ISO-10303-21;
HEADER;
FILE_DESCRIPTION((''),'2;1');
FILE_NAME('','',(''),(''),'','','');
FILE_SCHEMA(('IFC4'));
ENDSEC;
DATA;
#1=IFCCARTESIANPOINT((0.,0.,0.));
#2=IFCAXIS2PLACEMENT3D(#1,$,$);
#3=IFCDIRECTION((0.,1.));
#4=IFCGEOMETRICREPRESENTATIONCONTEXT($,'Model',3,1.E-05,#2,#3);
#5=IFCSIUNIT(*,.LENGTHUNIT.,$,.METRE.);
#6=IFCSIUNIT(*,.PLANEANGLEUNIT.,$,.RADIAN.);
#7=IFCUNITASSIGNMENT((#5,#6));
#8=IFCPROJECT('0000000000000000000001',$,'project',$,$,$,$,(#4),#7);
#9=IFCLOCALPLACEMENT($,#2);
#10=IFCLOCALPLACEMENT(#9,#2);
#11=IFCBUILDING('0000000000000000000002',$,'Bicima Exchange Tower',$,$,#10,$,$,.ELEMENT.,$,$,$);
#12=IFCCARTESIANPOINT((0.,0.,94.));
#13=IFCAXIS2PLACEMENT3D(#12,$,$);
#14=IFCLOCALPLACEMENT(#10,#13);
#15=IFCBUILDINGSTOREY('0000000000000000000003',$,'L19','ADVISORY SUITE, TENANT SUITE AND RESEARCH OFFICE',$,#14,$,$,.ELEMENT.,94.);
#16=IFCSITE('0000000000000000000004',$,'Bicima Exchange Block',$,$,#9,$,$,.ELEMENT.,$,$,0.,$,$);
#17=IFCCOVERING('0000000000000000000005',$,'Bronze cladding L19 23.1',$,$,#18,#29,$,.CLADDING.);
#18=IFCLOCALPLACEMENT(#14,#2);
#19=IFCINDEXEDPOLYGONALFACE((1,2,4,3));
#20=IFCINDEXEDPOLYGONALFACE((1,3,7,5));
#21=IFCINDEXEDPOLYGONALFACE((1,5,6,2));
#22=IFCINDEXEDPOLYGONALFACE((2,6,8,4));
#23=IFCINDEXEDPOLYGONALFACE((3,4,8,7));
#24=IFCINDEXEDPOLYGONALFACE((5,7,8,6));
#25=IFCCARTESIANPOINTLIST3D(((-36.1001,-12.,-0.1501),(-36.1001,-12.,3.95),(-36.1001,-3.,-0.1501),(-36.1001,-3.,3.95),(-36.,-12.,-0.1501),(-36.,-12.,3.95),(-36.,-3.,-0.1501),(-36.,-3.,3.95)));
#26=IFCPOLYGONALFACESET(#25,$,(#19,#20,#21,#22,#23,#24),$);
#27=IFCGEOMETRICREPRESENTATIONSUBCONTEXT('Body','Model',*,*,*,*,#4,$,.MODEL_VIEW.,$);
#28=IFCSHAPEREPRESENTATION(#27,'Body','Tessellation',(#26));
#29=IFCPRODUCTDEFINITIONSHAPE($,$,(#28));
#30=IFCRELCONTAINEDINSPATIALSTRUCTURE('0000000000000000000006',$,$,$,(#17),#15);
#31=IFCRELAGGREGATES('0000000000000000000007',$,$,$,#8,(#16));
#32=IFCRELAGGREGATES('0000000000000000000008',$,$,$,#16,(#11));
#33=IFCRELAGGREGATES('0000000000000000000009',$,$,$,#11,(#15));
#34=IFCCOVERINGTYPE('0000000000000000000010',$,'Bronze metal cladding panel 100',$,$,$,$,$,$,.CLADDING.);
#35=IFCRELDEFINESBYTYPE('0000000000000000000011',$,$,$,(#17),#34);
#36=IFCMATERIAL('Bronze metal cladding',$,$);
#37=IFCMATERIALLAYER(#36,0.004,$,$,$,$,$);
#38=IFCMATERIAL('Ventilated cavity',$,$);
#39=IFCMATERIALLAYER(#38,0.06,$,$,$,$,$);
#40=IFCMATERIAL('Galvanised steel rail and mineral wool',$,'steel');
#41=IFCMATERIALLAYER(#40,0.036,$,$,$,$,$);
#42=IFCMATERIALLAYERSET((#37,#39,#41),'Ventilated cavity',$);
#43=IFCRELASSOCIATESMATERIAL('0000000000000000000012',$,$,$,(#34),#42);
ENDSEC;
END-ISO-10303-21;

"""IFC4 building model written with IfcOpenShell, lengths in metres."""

from ifc_helpers import new_model, si_unit, direction, frame, origin, origin_2d, place, context, subcontext, project, spatial, rectangle, extrude, material, layer, layer_set, type_object, element, save


model = new_model("IFC4")

# Units and contexts
model_context = context("Model", 3, precision=1e-05, world=origin(), true_north=direction((0.0, 1.0)))
body_context = subcontext(model_context, "Body", "Model", "MODEL_VIEW")
ifc_project = project(units=[si_unit("LENGTHUNIT", "METRE"), si_unit("PLANEANGLEUNIT", "RADIAN")], contexts=[model_context])

# Site, building, storey
site_placement = place(None, origin())
site = spatial("IfcSite", under=ifc_project, at=site_placement, Name="Bicima Exchange Block", CompositionType="ELEMENT", RefElevation=0.0)
building_placement = place(site_placement, origin())
building = spatial("IfcBuilding", under=site, at=building_placement, Name="Bicima Exchange Tower", CompositionType="ELEMENT")
storey_placement = place(building_placement, frame((0.0, 0.0, 94.0)))
storey = spatial("IfcBuildingStorey", under=building, at=storey_placement, Name="L19", Description="ADVISORY SUITE, TENANT SUITE AND RESEARCH OFFICE", CompositionType="ELEMENT", Elevation=94.0)

# Covering
ifc_material_1 = material(Name="Bronze metal cladding")
ifc_layer_1 = layer(ifc_material_1, 0.004)
ifc_material_2 = material(Name="Ventilated cavity")
ifc_layer_2 = layer(ifc_material_2, 0.06)
ifc_material_3 = material(Name="Galvanised steel rail and mineral wool", Category="steel")
ifc_layer_3 = layer(ifc_material_3, 0.036)
ifc_layer_set_1 = layer_set([ifc_layer_1, ifc_layer_2, ifc_layer_3], Name="Ventilated cavity")
covering_type = type_object("IfcCoveringType", Name="Bronze metal cladding panel 100", PredefinedType="CLADDING", material=ifc_layer_set_1)
covering_placement = place(storey_placement, frame((-36.05, -7.5, -0.1501), z_axis=(0.0, 0.0, 1.0), x_axis=(0.0, -1.0, 0.0)))
element("IfcCovering", 1, at=covering_placement, inside=storey, type_object=covering_type, Name="Bronze cladding L19 23.1", PredefinedType="CLADDING", context=body_context, shape_type="SweptSolid", body=[
    extrude(rectangle(XDim=9.0, YDim=0.1001, at=origin_2d()), origin(), (0.0, 0.0, 1.0), 4.1001),
])

save(model, "model.ifc")
